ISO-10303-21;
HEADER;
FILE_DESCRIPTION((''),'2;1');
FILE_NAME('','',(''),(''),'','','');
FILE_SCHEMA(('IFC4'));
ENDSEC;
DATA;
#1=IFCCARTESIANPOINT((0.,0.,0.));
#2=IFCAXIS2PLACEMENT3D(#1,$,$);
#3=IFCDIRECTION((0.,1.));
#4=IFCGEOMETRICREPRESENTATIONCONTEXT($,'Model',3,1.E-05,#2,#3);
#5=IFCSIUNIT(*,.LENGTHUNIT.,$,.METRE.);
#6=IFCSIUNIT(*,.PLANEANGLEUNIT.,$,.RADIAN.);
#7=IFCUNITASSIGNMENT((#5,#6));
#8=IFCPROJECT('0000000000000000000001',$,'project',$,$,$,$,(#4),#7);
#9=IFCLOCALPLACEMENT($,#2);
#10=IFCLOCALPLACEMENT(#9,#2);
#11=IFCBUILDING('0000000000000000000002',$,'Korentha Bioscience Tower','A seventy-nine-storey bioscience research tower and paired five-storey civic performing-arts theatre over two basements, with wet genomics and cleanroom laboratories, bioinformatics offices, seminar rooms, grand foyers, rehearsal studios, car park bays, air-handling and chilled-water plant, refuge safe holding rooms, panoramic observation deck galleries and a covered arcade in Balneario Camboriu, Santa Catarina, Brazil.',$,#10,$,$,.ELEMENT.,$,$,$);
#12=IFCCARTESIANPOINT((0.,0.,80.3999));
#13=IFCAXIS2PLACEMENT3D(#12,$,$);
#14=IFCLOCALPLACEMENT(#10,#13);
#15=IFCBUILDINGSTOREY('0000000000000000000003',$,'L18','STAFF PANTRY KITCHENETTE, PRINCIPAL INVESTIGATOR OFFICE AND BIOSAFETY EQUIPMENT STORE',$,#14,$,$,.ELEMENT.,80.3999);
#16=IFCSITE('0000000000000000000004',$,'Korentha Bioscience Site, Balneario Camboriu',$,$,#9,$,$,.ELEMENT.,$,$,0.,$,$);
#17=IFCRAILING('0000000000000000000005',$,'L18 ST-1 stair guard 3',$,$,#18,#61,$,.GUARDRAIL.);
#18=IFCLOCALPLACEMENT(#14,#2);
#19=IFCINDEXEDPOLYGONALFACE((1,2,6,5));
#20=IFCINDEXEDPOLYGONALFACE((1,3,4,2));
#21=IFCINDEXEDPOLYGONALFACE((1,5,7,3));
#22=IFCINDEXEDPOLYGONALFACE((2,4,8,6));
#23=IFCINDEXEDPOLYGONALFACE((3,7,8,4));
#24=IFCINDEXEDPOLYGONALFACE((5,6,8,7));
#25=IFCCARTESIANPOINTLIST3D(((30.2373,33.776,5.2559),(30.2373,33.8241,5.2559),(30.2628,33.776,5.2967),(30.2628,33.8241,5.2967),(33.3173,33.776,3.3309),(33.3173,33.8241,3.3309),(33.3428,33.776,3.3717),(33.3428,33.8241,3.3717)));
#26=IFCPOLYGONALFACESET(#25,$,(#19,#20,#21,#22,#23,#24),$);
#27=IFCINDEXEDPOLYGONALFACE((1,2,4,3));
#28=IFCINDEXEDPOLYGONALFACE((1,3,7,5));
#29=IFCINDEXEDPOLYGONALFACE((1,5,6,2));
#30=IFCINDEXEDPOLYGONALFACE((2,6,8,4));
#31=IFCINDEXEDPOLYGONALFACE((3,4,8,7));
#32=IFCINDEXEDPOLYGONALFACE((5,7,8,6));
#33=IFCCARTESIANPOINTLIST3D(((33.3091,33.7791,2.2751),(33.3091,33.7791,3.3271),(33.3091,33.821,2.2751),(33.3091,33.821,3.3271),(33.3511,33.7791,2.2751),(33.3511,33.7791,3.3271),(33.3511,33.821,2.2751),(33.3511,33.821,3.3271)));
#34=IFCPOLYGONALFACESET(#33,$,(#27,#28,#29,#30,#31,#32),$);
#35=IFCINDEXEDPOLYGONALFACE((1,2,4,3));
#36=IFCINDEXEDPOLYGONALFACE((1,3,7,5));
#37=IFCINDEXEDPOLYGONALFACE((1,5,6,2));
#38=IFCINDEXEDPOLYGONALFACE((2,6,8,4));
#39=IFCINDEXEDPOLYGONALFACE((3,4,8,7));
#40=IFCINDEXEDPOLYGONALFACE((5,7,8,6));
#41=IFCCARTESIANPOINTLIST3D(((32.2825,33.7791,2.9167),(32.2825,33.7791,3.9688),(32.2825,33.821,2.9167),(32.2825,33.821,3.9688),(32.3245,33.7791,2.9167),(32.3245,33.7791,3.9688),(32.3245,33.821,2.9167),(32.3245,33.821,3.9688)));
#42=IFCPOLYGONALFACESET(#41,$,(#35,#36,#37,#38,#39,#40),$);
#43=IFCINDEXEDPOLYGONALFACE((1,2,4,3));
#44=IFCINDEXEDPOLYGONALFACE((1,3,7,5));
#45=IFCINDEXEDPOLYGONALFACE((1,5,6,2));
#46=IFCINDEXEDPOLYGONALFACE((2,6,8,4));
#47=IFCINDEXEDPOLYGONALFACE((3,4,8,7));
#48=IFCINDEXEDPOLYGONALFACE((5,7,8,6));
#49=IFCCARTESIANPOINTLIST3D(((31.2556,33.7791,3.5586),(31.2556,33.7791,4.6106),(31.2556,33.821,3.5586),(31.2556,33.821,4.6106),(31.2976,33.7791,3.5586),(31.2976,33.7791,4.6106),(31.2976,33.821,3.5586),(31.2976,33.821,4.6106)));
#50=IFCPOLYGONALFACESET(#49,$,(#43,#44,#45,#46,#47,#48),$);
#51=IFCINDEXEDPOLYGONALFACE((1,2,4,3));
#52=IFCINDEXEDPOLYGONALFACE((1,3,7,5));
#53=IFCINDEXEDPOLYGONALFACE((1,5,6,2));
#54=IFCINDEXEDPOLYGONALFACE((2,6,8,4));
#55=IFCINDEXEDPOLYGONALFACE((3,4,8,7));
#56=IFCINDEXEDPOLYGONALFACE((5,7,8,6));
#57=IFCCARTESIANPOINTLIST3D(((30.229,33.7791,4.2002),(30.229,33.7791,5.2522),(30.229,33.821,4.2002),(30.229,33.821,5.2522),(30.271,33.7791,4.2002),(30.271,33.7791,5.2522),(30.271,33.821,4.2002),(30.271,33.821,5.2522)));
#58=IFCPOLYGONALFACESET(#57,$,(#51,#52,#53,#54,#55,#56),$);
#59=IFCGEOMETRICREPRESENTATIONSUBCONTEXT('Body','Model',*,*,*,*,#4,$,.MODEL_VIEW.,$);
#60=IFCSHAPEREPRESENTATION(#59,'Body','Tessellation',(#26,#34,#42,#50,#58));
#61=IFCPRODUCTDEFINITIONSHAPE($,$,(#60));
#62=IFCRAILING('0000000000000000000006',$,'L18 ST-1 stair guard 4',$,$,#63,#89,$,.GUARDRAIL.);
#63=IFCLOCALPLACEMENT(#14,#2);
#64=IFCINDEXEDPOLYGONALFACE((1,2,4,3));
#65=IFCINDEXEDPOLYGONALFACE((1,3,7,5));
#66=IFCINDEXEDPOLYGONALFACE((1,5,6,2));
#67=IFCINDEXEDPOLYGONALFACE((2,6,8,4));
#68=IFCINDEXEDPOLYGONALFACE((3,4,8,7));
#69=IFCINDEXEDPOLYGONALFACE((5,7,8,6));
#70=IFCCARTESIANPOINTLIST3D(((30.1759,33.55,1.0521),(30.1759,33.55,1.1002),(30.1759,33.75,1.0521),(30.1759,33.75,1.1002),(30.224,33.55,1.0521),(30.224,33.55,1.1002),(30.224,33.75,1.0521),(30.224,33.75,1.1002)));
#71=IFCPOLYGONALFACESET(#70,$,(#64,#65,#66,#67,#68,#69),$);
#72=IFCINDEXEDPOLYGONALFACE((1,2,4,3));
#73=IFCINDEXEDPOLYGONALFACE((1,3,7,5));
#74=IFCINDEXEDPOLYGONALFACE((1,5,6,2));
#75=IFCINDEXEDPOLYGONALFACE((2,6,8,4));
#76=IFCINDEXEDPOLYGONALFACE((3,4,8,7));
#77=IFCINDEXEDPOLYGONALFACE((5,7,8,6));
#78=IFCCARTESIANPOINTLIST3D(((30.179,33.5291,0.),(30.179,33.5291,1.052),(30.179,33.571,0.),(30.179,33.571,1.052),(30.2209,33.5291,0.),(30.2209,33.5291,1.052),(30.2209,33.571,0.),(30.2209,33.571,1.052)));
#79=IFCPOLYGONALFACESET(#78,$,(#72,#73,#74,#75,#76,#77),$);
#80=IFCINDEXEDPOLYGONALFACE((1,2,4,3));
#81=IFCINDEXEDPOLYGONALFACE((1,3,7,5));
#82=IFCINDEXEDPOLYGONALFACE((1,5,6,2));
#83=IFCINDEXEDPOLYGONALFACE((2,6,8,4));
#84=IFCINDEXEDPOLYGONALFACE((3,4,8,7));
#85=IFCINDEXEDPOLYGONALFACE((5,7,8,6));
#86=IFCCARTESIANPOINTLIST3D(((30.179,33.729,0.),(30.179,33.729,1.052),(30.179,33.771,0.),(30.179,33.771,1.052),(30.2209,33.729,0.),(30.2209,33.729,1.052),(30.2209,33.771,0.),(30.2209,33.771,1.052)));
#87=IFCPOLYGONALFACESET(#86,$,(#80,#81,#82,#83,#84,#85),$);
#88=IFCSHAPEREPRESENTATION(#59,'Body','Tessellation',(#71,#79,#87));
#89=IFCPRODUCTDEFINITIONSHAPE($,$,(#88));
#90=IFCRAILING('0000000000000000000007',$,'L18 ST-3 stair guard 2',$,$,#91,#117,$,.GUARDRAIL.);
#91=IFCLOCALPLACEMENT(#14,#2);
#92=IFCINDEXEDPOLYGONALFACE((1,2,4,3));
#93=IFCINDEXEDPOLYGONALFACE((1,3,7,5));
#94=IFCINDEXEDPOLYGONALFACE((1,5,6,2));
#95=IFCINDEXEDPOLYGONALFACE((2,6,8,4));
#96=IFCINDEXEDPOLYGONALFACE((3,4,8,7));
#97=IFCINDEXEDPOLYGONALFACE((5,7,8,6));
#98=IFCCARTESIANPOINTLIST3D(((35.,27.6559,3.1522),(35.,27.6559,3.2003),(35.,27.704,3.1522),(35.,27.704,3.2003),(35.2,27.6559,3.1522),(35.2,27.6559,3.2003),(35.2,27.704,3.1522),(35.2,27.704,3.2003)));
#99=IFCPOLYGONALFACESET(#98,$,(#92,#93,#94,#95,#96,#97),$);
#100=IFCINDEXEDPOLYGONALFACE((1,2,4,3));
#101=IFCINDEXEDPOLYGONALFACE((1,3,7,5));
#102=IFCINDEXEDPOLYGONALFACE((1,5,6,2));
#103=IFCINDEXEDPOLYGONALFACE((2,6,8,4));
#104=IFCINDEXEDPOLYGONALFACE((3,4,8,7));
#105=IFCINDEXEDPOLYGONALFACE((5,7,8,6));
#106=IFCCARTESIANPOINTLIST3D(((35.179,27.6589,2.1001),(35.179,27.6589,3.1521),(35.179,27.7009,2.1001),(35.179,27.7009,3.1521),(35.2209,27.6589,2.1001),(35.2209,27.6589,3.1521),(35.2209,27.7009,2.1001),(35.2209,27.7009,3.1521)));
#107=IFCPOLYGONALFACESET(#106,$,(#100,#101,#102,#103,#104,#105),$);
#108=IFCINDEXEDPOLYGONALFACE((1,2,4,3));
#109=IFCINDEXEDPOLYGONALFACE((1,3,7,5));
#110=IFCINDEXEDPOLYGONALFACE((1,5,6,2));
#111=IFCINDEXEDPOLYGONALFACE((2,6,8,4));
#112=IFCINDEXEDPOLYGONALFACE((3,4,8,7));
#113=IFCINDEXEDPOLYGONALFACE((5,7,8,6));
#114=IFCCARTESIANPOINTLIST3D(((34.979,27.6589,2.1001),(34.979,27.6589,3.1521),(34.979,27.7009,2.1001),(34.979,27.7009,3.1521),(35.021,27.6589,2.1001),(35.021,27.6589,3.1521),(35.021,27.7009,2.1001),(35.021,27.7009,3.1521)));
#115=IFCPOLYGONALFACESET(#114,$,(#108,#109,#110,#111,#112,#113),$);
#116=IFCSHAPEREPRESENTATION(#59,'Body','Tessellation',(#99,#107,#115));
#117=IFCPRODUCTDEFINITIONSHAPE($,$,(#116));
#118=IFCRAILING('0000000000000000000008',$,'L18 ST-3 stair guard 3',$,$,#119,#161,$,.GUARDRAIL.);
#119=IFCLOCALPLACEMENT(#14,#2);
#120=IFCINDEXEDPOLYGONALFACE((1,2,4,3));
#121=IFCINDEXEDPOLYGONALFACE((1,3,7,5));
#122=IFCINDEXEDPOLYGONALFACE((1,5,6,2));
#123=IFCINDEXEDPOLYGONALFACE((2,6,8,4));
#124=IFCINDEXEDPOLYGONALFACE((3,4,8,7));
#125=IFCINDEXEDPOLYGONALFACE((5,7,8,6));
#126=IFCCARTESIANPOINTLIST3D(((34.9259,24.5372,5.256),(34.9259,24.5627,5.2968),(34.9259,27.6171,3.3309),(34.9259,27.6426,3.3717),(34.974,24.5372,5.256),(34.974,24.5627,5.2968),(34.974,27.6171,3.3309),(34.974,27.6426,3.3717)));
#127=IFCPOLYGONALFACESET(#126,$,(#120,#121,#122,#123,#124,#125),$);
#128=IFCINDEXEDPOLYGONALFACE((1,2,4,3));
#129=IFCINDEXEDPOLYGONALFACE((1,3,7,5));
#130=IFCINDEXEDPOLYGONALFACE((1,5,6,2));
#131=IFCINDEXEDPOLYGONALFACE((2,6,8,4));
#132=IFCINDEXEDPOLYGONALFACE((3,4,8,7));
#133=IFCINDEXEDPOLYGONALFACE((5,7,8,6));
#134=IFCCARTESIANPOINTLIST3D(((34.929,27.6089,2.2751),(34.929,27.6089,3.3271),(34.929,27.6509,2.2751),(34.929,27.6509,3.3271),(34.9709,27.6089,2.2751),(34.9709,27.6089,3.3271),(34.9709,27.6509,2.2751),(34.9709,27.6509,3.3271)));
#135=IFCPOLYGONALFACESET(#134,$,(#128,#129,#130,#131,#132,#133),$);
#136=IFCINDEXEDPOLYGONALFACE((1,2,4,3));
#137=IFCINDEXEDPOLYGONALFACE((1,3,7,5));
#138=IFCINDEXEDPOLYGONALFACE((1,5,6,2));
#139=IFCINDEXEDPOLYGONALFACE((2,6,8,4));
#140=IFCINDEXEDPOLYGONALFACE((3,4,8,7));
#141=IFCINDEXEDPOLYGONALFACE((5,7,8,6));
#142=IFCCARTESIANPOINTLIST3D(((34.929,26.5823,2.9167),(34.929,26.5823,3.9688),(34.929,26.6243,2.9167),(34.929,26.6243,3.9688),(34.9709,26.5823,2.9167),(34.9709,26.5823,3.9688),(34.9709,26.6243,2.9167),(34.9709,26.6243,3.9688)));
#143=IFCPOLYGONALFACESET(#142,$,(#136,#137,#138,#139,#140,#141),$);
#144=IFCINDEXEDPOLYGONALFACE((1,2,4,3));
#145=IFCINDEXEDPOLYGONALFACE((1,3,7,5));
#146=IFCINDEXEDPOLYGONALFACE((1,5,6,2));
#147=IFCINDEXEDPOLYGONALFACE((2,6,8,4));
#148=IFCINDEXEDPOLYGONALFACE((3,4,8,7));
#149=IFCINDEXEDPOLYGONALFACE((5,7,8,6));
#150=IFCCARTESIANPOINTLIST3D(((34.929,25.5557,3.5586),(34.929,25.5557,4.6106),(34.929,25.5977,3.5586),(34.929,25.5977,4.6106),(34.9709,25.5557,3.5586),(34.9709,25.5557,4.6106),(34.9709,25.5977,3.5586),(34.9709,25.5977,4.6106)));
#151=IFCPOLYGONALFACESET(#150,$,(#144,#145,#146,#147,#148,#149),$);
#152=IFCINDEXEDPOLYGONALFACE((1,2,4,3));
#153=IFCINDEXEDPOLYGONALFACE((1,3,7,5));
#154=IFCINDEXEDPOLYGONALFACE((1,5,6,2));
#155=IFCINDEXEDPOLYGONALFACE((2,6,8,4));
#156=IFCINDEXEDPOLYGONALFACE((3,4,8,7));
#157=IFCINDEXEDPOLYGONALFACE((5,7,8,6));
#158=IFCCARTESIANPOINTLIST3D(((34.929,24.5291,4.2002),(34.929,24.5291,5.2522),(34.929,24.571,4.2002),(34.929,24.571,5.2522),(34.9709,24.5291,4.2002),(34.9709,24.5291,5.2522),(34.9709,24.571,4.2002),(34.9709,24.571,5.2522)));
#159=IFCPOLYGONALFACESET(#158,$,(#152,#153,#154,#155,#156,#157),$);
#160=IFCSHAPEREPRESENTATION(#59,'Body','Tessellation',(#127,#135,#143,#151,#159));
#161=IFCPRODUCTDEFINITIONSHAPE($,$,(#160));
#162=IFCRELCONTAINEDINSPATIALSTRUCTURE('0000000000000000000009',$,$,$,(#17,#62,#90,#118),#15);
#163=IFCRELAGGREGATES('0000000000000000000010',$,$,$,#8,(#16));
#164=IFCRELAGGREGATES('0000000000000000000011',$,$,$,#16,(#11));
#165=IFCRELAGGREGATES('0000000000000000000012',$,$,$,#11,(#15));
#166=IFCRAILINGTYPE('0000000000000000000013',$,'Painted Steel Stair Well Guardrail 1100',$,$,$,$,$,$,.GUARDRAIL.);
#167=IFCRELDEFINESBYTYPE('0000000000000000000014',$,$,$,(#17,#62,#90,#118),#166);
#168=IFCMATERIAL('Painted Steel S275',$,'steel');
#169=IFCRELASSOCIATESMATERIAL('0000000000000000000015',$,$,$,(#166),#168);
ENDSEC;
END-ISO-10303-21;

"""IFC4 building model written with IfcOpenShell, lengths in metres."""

from ifc_helpers import new_model, si_unit, direction, frame, origin, origin_2d, place, context, subcontext, project, spatial, rectangle, extrude, material, type_object, element, save


model = new_model("IFC4")

# Units and contexts
model_context = context("Model", 3, precision=1e-05, world=origin(), true_north=direction((0.0, 1.0)))
body_context = subcontext(model_context, "Body", "Model", "MODEL_VIEW")
ifc_project = project(units=[si_unit("LENGTHUNIT", "METRE"), si_unit("PLANEANGLEUNIT", "RADIAN")], contexts=[model_context])

# Site, building, storey
site_placement = place(None, origin())
site = spatial("IfcSite", under=ifc_project, at=site_placement, Name="Korentha Bioscience Site, Balneario Camboriu", CompositionType="ELEMENT", RefElevation=0.0)
building_placement = place(site_placement, origin())
building = spatial("IfcBuilding", under=site, at=building_placement, Name="Korentha Bioscience Tower", Description="A seventy-nine-storey bioscience research tower and paired five-storey civic performing-arts theatre over two basements, with wet genomics and cleanroom laboratories, bioinformatics offices, seminar rooms, grand foyers, rehearsal studios, car park bays, air-handling and chilled-water plant, refuge safe holding rooms, panoramic observation deck galleries and a covered arcade in Balneario Camboriu, Santa Catarina, Brazil.", CompositionType="ELEMENT")
storey_placement = place(building_placement, frame((0.0, 0.0, 80.3999)))
storey = spatial("IfcBuildingStorey", under=building, at=storey_placement, Name="L18", Description="STAFF PANTRY KITCHENETTE, PRINCIPAL INVESTIGATOR OFFICE AND BIOSAFETY EQUIPMENT STORE", CompositionType="ELEMENT", Elevation=80.3999)

# Railings
ifc_material_1 = material(Name="Painted Steel S275", Category="steel")
railing_type_1 = type_object("IfcRailingType", Name="Painted Steel Stair Well Guardrail 1100", PredefinedType="GUARDRAIL", material=ifc_material_1)
railing_1_placement = place(storey_placement, frame((33.3301, 33.8, 2.2751)))
element("IfcRailing", 1, at=railing_1_placement, inside=storey, type_object=railing_type_1, Name="L18 ST-1 stair guard 3", PredefinedType="GUARDRAIL", context=body_context, shape_type="SweptSolid", body=[
    extrude(rectangle(XDim=0.0481, YDim=0.0481, at=origin_2d()), frame((0.0, 0.0, 1.0762), z_axis=(-0.847998, 0.0, 0.529999), x_axis=(0.0, -1.0, 0.0)), (0.0, 0.0, 1.0), 3.6321),
    extrude(rectangle(XDim=0.042, YDim=0.042, at=origin_2d()), origin(), (0.0, 0.0, 1.0), 1.052),
    extrude(rectangle(XDim=0.042, YDim=0.042, at=origin_2d()), frame((-1.0266, 0.0, 0.6416)), (0.0, 0.0, 1.0), 1.052),
    extrude(rectangle(XDim=0.042, YDim=0.042, at=origin_2d()), frame((-2.0535, 0.0, 1.2834)), (0.0, 0.0, 1.0), 1.052),
    extrude(rectangle(XDim=0.042, YDim=0.042, at=origin_2d()), frame((-3.0801, 0.0, 1.925)), (0.0, 0.0, 1.0), 1.052),
])
railing_2_placement = place(storey_placement, frame((30.2, 33.55, 0.0)))
element("IfcRailing", 2, at=railing_2_placement, inside=storey, type_object=railing_type_1, Name="L18 ST-1 stair guard 4", PredefinedType="GUARDRAIL", context=body_context, shape_type="SweptSolid", body=[
    extrude(rectangle(XDim=0.0481, YDim=0.0481, at=origin_2d()), frame((0.0, 0.0, 1.0762), z_axis=(0.0, 1.0, 0.0), x_axis=(-1.0, 0.0, 0.0)), (0.0, 0.0, 1.0), 0.2),
    extrude(rectangle(XDim=0.042, YDim=0.042, at=origin_2d()), origin(), (0.0, 0.0, 1.0), 1.052),
    extrude(rectangle(XDim=0.042, YDim=0.042, at=origin_2d()), frame((0.0, 0.2, 0.0)), (0.0, 0.0, 1.0), 1.052),
])
railing_3_placement = place(storey_placement, frame((35.2, 27.6799, 2.1001)))
element("IfcRailing", 3, at=railing_3_placement, inside=storey, type_object=railing_type_1, Name="L18 ST-3 stair guard 2", PredefinedType="GUARDRAIL", context=body_context, shape_type="SweptSolid", body=[
    extrude(rectangle(XDim=0.0481, YDim=0.0481, at=origin_2d()), frame((0.0, 0.0, 1.0762), z_axis=(-1.0, 0.0, 0.0), x_axis=(0.0, -1.0, 0.0)), (0.0, 0.0, 1.0), 0.2),
    extrude(rectangle(XDim=0.042, YDim=0.042, at=origin_2d()), origin(), (0.0, 0.0, 1.0), 1.052),
    extrude(rectangle(XDim=0.042, YDim=0.042, at=origin_2d()), frame((-0.2, 0.0, 0.0)), (0.0, 0.0, 1.0), 1.052),
])
railing_4_placement = place(storey_placement, frame((34.95, 27.6299, 2.2751)))
element("IfcRailing", 4, at=railing_4_placement, inside=storey, type_object=railing_type_1, Name="L18 ST-3 stair guard 3", PredefinedType="GUARDRAIL", context=body_context, shape_type="SweptSolid", body=[
    extrude(rectangle(XDim=0.0481, YDim=0.0481, at=origin_2d()), frame((0.0, 0.0, 1.0762), z_axis=(0.0, -0.847979, 0.530029), x_axis=(1.0, 0.0, 0.0)), (0.0, 0.0, 1.0), 3.6321),
    extrude(rectangle(XDim=0.042, YDim=0.042, at=origin_2d()), origin(), (0.0, 0.0, 1.0), 1.052),
    extrude(rectangle(XDim=0.042, YDim=0.042, at=origin_2d()), frame((0.0, -1.0266, 0.6416)), (0.0, 0.0, 1.0), 1.052),
    extrude(rectangle(XDim=0.042, YDim=0.042, at=origin_2d()), frame((0.0, -2.0532, 1.2834)), (0.0, 0.0, 1.0), 1.052),
    extrude(rectangle(XDim=0.042, YDim=0.042, at=origin_2d()), frame((0.0, -3.0798, 1.925)), (0.0, 0.0, 1.0), 1.052),
])

save(model, "model.ifc")
